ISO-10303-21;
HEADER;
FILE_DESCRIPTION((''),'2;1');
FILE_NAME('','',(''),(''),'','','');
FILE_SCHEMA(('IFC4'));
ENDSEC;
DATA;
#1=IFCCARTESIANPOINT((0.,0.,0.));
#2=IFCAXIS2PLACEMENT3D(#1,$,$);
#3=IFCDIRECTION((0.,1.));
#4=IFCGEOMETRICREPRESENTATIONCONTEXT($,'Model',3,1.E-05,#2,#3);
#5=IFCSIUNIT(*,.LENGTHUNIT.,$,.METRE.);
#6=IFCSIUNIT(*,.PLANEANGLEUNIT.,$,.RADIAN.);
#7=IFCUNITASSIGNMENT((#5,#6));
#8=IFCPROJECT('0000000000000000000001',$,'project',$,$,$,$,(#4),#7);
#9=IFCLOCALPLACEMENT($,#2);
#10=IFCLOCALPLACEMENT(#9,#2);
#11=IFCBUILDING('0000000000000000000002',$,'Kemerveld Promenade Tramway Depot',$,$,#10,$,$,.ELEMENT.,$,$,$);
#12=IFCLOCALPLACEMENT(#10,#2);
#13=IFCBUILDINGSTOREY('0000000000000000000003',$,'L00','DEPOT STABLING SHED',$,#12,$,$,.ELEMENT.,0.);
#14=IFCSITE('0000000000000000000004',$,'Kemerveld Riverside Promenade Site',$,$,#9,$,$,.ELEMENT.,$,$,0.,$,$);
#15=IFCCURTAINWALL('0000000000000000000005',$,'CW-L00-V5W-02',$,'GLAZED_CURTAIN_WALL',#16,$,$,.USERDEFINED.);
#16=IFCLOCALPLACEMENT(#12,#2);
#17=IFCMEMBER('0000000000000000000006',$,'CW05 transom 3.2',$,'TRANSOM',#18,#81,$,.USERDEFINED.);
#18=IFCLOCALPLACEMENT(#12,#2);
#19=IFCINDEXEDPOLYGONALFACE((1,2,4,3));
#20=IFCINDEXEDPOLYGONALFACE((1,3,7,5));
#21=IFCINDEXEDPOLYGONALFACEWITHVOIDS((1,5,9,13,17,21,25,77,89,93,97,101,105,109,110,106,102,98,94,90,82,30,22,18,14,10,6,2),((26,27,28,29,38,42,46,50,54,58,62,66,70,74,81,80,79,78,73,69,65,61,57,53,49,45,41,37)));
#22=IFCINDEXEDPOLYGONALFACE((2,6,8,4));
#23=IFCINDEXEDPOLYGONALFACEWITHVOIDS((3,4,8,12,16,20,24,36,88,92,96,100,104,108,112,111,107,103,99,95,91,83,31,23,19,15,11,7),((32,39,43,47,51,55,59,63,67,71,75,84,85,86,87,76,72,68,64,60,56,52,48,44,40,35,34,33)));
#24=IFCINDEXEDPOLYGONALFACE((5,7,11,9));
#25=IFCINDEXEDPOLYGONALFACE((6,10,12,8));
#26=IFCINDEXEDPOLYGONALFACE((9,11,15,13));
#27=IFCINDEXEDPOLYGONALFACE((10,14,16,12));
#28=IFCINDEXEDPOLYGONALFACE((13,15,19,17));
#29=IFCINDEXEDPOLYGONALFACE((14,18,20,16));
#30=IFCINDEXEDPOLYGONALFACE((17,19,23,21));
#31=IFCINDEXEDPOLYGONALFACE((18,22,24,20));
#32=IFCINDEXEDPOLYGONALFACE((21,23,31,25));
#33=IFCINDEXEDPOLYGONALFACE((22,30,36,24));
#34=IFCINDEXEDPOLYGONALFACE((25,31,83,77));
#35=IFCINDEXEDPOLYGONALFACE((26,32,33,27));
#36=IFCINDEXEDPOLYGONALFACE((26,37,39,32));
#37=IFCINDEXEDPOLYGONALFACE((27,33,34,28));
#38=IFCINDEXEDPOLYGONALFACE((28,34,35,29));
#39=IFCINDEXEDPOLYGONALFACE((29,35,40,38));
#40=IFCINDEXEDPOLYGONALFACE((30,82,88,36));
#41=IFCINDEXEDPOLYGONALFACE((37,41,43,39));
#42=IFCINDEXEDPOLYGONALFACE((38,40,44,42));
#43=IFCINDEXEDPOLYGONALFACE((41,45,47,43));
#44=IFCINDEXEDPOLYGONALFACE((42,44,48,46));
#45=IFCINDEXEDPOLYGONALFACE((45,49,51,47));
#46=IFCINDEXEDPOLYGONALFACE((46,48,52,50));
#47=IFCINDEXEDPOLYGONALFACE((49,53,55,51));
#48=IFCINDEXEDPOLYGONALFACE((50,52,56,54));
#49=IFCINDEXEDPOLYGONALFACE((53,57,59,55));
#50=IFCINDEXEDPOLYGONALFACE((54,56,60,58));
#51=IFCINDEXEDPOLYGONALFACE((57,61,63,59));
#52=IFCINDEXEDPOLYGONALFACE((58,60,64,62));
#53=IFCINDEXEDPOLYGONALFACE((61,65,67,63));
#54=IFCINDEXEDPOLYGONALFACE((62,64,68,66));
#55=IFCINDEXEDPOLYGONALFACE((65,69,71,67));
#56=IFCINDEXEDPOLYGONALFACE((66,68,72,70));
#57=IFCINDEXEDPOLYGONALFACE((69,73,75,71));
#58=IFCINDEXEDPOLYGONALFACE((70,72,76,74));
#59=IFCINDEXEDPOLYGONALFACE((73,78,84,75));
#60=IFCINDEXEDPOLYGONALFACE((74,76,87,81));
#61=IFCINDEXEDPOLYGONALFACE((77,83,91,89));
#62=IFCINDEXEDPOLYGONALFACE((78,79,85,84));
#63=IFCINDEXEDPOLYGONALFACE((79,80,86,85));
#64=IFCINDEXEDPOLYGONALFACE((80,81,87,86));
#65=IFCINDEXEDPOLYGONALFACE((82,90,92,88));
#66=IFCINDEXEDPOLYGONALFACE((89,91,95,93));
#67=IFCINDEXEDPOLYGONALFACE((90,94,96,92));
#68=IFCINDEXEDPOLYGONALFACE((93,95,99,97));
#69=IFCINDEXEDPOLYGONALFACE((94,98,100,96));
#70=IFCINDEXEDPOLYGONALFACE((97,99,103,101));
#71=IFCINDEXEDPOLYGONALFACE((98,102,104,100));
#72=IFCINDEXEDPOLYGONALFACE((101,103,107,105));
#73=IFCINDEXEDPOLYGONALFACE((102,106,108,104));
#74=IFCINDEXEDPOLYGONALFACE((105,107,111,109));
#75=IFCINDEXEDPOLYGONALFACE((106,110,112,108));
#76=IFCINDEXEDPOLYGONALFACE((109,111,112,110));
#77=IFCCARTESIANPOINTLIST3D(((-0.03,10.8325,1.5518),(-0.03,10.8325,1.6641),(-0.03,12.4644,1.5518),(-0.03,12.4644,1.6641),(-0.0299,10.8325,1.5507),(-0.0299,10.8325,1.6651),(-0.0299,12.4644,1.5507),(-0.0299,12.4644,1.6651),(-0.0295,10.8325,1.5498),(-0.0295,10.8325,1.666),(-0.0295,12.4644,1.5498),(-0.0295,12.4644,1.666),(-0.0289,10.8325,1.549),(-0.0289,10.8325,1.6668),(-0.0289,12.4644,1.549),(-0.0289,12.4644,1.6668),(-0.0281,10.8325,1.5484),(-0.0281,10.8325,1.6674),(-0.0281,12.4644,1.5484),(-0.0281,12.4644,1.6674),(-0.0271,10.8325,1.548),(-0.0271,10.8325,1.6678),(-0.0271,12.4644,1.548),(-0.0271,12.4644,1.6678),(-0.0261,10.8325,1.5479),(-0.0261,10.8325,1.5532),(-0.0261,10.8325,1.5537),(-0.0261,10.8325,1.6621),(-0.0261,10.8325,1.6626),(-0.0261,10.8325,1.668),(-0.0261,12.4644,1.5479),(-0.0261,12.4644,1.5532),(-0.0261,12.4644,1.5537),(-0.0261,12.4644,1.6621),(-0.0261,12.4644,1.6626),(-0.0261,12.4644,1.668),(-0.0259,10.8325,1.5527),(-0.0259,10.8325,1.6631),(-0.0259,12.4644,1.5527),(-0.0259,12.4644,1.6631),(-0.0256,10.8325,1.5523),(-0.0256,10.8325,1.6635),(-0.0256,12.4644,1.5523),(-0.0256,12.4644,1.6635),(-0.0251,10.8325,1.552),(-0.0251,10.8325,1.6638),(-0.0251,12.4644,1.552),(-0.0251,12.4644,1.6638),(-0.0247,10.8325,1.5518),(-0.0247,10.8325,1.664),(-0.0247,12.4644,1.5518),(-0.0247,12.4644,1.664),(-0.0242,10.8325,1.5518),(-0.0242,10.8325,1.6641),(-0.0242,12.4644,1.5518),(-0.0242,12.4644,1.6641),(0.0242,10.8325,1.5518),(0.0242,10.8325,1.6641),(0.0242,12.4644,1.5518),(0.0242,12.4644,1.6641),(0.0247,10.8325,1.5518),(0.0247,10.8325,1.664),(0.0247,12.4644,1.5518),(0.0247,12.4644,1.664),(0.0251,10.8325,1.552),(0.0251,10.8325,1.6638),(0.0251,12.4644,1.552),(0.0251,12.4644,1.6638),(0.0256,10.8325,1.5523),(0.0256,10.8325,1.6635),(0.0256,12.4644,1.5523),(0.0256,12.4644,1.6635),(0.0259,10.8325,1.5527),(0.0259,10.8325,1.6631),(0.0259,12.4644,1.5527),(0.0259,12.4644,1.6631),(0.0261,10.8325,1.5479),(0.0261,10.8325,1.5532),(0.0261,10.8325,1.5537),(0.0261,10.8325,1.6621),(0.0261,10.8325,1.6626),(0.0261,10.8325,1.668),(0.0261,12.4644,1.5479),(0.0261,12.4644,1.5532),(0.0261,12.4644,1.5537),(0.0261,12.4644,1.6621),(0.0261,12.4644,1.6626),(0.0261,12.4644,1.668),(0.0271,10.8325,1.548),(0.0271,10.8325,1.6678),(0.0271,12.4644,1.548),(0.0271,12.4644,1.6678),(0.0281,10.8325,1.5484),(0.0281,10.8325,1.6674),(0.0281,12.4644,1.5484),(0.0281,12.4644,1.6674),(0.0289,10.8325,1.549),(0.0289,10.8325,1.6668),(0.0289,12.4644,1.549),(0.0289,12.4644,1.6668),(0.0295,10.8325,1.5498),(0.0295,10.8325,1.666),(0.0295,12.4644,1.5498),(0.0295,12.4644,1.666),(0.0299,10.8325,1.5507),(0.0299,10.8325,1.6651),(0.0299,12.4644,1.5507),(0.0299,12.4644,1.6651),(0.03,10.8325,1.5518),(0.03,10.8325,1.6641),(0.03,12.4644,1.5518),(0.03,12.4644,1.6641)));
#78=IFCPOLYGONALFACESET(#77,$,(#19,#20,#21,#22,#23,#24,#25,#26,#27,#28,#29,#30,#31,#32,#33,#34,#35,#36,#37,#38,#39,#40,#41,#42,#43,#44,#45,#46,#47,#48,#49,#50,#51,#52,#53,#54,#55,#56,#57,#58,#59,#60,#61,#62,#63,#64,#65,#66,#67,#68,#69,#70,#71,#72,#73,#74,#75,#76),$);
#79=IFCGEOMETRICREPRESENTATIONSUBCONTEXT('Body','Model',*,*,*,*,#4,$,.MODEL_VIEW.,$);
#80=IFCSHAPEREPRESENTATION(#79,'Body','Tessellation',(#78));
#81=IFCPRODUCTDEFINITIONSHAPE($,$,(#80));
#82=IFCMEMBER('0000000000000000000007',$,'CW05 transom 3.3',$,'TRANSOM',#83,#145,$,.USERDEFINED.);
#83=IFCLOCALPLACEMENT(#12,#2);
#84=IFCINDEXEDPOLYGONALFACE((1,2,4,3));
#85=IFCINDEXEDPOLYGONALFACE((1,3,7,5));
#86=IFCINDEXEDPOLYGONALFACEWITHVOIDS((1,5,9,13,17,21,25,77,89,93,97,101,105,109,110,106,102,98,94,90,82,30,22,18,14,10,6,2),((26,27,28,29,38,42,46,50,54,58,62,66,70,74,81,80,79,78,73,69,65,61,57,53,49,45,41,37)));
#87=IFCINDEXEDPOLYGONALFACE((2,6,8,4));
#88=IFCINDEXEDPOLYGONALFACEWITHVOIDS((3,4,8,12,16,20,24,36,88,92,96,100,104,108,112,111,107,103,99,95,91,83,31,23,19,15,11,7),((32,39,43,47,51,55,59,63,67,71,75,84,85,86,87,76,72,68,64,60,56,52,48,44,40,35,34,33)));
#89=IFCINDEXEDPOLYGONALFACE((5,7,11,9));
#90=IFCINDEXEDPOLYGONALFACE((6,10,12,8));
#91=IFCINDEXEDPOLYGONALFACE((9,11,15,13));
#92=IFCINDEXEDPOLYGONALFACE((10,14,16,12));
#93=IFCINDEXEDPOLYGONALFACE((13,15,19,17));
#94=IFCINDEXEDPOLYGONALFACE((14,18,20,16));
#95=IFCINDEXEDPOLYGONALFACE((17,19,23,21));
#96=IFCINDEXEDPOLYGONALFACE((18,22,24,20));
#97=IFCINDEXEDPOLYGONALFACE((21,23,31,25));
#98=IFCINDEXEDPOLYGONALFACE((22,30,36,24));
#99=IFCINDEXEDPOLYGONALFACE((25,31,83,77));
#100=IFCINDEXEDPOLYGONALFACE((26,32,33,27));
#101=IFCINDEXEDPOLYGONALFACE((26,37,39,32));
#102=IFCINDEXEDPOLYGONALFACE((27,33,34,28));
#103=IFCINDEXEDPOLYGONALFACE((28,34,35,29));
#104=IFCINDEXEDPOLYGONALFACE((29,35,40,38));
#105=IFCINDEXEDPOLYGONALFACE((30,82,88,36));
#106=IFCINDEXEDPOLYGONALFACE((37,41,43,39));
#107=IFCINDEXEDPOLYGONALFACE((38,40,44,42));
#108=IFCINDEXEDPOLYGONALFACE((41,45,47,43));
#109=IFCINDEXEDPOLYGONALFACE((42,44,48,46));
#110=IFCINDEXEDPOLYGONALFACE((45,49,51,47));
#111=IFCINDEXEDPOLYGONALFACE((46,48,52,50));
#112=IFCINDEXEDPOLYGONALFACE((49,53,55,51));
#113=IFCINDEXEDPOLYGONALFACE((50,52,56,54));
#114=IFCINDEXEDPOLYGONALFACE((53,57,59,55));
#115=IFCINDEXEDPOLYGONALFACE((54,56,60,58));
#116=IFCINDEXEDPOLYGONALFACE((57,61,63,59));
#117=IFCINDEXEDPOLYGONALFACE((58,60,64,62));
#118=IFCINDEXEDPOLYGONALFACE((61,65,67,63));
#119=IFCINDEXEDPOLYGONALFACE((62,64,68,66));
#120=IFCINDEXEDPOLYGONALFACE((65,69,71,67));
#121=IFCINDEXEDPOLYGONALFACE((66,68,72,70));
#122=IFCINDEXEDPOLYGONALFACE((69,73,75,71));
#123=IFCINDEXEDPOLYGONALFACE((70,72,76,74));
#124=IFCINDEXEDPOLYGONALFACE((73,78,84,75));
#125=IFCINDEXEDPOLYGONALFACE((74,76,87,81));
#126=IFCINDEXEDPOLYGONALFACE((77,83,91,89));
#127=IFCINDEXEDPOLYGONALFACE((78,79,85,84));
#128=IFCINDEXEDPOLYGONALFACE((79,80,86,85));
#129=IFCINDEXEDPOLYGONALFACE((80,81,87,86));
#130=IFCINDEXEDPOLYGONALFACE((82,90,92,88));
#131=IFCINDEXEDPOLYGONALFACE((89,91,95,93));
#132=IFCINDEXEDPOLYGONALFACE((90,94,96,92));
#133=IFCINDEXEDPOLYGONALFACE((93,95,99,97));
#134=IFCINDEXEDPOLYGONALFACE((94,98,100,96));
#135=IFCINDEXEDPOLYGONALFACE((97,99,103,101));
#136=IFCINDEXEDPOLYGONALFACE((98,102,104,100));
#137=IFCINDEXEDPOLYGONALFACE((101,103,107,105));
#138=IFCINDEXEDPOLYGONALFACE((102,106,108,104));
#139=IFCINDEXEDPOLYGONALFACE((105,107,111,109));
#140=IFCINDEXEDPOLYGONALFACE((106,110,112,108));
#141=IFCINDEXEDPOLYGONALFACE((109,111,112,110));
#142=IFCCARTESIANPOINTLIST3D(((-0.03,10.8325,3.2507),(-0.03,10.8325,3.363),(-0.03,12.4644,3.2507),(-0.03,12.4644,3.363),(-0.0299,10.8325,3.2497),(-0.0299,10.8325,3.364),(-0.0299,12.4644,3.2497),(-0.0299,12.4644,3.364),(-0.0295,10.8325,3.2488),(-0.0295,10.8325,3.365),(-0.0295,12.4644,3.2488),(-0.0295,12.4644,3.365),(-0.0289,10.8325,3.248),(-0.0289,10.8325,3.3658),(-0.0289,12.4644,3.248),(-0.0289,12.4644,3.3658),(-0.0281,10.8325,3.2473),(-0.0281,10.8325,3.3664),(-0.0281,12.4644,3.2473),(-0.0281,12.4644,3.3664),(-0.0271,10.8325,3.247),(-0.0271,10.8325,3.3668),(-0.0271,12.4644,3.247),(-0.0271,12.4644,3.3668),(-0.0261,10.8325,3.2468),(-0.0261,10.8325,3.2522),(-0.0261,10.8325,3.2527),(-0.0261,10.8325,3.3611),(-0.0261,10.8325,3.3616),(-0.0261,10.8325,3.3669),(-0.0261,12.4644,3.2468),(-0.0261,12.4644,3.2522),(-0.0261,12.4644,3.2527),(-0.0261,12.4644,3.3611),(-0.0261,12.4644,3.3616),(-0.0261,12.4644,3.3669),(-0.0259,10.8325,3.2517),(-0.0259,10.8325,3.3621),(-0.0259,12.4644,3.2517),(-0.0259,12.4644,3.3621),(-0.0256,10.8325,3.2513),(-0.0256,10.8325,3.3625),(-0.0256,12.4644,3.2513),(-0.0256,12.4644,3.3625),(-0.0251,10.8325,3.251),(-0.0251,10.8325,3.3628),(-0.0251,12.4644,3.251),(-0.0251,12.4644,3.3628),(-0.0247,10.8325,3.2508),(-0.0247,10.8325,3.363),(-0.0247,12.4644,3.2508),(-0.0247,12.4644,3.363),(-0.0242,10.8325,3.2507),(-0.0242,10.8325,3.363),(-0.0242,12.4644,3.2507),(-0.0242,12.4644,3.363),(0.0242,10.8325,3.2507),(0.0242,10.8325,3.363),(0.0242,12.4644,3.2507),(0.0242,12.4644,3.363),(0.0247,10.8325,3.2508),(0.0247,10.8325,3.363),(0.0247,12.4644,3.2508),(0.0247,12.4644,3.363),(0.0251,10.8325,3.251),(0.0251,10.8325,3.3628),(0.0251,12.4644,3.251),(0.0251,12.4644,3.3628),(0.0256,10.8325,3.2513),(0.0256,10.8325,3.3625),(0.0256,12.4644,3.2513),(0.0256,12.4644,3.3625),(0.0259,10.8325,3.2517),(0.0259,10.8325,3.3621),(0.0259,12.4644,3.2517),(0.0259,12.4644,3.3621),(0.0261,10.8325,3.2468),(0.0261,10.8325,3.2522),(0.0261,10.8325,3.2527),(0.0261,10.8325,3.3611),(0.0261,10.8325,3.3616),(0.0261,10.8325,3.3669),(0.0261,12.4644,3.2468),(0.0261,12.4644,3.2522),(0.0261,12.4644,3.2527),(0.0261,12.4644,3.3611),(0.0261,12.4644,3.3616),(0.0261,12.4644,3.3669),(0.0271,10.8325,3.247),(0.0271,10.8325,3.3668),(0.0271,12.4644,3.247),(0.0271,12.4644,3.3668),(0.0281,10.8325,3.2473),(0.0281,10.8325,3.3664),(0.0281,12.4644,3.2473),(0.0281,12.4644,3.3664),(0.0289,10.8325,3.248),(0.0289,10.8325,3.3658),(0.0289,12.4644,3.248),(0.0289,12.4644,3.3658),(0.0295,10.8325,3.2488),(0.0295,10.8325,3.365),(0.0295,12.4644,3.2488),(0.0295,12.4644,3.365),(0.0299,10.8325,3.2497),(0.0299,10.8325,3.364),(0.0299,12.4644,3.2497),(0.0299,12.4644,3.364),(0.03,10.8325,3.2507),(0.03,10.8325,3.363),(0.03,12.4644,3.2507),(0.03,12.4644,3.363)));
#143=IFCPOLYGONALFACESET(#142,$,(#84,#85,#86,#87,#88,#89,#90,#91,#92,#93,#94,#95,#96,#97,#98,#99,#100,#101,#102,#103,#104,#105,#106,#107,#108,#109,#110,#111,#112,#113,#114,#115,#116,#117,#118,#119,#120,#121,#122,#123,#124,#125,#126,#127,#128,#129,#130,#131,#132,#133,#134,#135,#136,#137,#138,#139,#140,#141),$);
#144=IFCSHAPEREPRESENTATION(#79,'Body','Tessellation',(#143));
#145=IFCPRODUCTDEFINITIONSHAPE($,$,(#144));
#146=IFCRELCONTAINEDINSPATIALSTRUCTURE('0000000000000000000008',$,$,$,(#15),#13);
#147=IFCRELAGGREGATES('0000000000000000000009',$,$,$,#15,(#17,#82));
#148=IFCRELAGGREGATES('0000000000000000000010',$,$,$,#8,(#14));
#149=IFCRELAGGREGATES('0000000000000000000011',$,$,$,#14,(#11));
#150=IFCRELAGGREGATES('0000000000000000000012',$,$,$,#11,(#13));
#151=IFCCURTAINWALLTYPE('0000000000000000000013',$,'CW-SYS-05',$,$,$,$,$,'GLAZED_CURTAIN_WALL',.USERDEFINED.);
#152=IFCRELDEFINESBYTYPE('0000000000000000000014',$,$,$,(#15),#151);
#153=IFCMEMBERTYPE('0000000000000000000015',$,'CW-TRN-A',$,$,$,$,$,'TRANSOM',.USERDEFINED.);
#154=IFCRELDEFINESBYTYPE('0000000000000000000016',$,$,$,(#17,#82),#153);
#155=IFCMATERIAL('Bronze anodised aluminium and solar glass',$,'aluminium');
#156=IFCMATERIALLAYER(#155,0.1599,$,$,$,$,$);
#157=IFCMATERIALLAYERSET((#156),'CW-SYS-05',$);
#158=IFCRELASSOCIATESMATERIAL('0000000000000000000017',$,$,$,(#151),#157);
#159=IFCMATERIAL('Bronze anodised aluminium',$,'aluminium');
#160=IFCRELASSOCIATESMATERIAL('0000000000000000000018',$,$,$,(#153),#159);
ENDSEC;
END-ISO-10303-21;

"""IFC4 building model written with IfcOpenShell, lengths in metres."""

from ifc_helpers import new_model, si_unit, direction, frame, origin, origin_2d, place, context, subcontext, project, spatial, hollow_rectangle, extrude, material, layer, layer_set, material_profile, profile_set, type_object, element, aggregate, save


model = new_model("IFC4")

# Units and contexts
model_context = context("Model", 3, precision=1e-05, world=origin(), true_north=direction((0.0, 1.0)))
body_context = subcontext(model_context, "Body", "Model", "MODEL_VIEW")
ifc_project = project(units=[si_unit("LENGTHUNIT", "METRE"), si_unit("PLANEANGLEUNIT", "RADIAN")], contexts=[model_context])

# Site, building, storey
site_placement = place(None, origin())
site = spatial("IfcSite", under=ifc_project, at=site_placement, Name="Kemerveld Riverside Promenade Site", CompositionType="ELEMENT", RefElevation=0.0)
building_placement = place(site_placement, origin())
building = spatial("IfcBuilding", under=site, at=building_placement, Name="Kemerveld Promenade Tramway Depot", CompositionType="ELEMENT")
storey_placement = place(building_placement, origin())
storey = spatial("IfcBuildingStorey", under=building, at=storey_placement, Name="L00", Description="DEPOT STABLING SHED", CompositionType="ELEMENT", Elevation=0.0)

# Curtain wall, members
ifc_material_1 = material(Name="Bronze anodised aluminium and solar glass", Category="aluminium")
ifc_layer_1 = layer(ifc_material_1, 0.1599)
ifc_layer_set_1 = layer_set([ifc_layer_1], Name="CW-SYS-05")
curtain_wall_type = type_object("IfcCurtainWallType", Name="CW-SYS-05", ElementType="GLAZED_CURTAIN_WALL", PredefinedType="USERDEFINED", material=ifc_layer_set_1)
curtain_wall_placement = place(storey_placement, origin())
curtain_wall = element("IfcCurtainWall", 1, at=curtain_wall_placement, inside=storey, type_object=curtain_wall_type, Name="CW-L00-V5W-02", ObjectType="GLAZED_CURTAIN_WALL", PredefinedType="USERDEFINED")
ifc_material_2 = material(Name="Bronze anodised aluminium", Category="aluminium")
ifc_material_profile_1 = material_profile(ifc_material_2, hollow_rectangle(XDim=0.0601, YDim=0.1201, WallThickness=0.0039, InnerFilletRadius=0.002, OuterFilletRadius=0.0039, at=origin_2d()), Name="CW-TRN-120x60")
ifc_profile_set_1 = profile_set([ifc_material_profile_1], Name="Bronze anodised aluminium")
member_type_1 = type_object("IfcMemberType", Name="CW-TRN-A", ElementType="TRANSOM", PredefinedType="USERDEFINED", material=ifc_profile_set_1)
member_1_placement = place(storey_placement, frame((0.0, 10.8325, 1.6079), z_axis=(0.0, 1.0, 0.0), x_axis=(-1.0, 0.0, 0.0)))
member_1 = element("IfcMember", 2, at=member_1_placement, type_object=member_type_1, Name="CW05 transom 3.2", ObjectType="TRANSOM", PredefinedType="USERDEFINED", context=body_context, shape_type="SweptSolid", body=[
    extrude(hollow_rectangle(XDim=0.0601, YDim=0.1201, WallThickness=0.0039, InnerFilletRadius=0.002, OuterFilletRadius=0.0039, at=origin_2d()), origin(), (0.0, 0.0, 1.0), 1.6318),
])
member_2_placement = place(storey_placement, frame((0.0, 10.8325, 3.3069), z_axis=(0.0, 1.0, 0.0), x_axis=(-1.0, 0.0, 0.0)))
member_2 = element("IfcMember", 3, at=member_2_placement, type_object=member_type_1, Name="CW05 transom 3.3", ObjectType="TRANSOM", PredefinedType="USERDEFINED", context=body_context, shape_type="SweptSolid", body=[
    extrude(hollow_rectangle(XDim=0.0601, YDim=0.1201, WallThickness=0.0039, InnerFilletRadius=0.002, OuterFilletRadius=0.0039, at=origin_2d()), origin(), (0.0, 0.0, 1.0), 1.6318),
])
aggregate(curtain_wall, [member_1, member_2])

save(model, "model.ifc")
